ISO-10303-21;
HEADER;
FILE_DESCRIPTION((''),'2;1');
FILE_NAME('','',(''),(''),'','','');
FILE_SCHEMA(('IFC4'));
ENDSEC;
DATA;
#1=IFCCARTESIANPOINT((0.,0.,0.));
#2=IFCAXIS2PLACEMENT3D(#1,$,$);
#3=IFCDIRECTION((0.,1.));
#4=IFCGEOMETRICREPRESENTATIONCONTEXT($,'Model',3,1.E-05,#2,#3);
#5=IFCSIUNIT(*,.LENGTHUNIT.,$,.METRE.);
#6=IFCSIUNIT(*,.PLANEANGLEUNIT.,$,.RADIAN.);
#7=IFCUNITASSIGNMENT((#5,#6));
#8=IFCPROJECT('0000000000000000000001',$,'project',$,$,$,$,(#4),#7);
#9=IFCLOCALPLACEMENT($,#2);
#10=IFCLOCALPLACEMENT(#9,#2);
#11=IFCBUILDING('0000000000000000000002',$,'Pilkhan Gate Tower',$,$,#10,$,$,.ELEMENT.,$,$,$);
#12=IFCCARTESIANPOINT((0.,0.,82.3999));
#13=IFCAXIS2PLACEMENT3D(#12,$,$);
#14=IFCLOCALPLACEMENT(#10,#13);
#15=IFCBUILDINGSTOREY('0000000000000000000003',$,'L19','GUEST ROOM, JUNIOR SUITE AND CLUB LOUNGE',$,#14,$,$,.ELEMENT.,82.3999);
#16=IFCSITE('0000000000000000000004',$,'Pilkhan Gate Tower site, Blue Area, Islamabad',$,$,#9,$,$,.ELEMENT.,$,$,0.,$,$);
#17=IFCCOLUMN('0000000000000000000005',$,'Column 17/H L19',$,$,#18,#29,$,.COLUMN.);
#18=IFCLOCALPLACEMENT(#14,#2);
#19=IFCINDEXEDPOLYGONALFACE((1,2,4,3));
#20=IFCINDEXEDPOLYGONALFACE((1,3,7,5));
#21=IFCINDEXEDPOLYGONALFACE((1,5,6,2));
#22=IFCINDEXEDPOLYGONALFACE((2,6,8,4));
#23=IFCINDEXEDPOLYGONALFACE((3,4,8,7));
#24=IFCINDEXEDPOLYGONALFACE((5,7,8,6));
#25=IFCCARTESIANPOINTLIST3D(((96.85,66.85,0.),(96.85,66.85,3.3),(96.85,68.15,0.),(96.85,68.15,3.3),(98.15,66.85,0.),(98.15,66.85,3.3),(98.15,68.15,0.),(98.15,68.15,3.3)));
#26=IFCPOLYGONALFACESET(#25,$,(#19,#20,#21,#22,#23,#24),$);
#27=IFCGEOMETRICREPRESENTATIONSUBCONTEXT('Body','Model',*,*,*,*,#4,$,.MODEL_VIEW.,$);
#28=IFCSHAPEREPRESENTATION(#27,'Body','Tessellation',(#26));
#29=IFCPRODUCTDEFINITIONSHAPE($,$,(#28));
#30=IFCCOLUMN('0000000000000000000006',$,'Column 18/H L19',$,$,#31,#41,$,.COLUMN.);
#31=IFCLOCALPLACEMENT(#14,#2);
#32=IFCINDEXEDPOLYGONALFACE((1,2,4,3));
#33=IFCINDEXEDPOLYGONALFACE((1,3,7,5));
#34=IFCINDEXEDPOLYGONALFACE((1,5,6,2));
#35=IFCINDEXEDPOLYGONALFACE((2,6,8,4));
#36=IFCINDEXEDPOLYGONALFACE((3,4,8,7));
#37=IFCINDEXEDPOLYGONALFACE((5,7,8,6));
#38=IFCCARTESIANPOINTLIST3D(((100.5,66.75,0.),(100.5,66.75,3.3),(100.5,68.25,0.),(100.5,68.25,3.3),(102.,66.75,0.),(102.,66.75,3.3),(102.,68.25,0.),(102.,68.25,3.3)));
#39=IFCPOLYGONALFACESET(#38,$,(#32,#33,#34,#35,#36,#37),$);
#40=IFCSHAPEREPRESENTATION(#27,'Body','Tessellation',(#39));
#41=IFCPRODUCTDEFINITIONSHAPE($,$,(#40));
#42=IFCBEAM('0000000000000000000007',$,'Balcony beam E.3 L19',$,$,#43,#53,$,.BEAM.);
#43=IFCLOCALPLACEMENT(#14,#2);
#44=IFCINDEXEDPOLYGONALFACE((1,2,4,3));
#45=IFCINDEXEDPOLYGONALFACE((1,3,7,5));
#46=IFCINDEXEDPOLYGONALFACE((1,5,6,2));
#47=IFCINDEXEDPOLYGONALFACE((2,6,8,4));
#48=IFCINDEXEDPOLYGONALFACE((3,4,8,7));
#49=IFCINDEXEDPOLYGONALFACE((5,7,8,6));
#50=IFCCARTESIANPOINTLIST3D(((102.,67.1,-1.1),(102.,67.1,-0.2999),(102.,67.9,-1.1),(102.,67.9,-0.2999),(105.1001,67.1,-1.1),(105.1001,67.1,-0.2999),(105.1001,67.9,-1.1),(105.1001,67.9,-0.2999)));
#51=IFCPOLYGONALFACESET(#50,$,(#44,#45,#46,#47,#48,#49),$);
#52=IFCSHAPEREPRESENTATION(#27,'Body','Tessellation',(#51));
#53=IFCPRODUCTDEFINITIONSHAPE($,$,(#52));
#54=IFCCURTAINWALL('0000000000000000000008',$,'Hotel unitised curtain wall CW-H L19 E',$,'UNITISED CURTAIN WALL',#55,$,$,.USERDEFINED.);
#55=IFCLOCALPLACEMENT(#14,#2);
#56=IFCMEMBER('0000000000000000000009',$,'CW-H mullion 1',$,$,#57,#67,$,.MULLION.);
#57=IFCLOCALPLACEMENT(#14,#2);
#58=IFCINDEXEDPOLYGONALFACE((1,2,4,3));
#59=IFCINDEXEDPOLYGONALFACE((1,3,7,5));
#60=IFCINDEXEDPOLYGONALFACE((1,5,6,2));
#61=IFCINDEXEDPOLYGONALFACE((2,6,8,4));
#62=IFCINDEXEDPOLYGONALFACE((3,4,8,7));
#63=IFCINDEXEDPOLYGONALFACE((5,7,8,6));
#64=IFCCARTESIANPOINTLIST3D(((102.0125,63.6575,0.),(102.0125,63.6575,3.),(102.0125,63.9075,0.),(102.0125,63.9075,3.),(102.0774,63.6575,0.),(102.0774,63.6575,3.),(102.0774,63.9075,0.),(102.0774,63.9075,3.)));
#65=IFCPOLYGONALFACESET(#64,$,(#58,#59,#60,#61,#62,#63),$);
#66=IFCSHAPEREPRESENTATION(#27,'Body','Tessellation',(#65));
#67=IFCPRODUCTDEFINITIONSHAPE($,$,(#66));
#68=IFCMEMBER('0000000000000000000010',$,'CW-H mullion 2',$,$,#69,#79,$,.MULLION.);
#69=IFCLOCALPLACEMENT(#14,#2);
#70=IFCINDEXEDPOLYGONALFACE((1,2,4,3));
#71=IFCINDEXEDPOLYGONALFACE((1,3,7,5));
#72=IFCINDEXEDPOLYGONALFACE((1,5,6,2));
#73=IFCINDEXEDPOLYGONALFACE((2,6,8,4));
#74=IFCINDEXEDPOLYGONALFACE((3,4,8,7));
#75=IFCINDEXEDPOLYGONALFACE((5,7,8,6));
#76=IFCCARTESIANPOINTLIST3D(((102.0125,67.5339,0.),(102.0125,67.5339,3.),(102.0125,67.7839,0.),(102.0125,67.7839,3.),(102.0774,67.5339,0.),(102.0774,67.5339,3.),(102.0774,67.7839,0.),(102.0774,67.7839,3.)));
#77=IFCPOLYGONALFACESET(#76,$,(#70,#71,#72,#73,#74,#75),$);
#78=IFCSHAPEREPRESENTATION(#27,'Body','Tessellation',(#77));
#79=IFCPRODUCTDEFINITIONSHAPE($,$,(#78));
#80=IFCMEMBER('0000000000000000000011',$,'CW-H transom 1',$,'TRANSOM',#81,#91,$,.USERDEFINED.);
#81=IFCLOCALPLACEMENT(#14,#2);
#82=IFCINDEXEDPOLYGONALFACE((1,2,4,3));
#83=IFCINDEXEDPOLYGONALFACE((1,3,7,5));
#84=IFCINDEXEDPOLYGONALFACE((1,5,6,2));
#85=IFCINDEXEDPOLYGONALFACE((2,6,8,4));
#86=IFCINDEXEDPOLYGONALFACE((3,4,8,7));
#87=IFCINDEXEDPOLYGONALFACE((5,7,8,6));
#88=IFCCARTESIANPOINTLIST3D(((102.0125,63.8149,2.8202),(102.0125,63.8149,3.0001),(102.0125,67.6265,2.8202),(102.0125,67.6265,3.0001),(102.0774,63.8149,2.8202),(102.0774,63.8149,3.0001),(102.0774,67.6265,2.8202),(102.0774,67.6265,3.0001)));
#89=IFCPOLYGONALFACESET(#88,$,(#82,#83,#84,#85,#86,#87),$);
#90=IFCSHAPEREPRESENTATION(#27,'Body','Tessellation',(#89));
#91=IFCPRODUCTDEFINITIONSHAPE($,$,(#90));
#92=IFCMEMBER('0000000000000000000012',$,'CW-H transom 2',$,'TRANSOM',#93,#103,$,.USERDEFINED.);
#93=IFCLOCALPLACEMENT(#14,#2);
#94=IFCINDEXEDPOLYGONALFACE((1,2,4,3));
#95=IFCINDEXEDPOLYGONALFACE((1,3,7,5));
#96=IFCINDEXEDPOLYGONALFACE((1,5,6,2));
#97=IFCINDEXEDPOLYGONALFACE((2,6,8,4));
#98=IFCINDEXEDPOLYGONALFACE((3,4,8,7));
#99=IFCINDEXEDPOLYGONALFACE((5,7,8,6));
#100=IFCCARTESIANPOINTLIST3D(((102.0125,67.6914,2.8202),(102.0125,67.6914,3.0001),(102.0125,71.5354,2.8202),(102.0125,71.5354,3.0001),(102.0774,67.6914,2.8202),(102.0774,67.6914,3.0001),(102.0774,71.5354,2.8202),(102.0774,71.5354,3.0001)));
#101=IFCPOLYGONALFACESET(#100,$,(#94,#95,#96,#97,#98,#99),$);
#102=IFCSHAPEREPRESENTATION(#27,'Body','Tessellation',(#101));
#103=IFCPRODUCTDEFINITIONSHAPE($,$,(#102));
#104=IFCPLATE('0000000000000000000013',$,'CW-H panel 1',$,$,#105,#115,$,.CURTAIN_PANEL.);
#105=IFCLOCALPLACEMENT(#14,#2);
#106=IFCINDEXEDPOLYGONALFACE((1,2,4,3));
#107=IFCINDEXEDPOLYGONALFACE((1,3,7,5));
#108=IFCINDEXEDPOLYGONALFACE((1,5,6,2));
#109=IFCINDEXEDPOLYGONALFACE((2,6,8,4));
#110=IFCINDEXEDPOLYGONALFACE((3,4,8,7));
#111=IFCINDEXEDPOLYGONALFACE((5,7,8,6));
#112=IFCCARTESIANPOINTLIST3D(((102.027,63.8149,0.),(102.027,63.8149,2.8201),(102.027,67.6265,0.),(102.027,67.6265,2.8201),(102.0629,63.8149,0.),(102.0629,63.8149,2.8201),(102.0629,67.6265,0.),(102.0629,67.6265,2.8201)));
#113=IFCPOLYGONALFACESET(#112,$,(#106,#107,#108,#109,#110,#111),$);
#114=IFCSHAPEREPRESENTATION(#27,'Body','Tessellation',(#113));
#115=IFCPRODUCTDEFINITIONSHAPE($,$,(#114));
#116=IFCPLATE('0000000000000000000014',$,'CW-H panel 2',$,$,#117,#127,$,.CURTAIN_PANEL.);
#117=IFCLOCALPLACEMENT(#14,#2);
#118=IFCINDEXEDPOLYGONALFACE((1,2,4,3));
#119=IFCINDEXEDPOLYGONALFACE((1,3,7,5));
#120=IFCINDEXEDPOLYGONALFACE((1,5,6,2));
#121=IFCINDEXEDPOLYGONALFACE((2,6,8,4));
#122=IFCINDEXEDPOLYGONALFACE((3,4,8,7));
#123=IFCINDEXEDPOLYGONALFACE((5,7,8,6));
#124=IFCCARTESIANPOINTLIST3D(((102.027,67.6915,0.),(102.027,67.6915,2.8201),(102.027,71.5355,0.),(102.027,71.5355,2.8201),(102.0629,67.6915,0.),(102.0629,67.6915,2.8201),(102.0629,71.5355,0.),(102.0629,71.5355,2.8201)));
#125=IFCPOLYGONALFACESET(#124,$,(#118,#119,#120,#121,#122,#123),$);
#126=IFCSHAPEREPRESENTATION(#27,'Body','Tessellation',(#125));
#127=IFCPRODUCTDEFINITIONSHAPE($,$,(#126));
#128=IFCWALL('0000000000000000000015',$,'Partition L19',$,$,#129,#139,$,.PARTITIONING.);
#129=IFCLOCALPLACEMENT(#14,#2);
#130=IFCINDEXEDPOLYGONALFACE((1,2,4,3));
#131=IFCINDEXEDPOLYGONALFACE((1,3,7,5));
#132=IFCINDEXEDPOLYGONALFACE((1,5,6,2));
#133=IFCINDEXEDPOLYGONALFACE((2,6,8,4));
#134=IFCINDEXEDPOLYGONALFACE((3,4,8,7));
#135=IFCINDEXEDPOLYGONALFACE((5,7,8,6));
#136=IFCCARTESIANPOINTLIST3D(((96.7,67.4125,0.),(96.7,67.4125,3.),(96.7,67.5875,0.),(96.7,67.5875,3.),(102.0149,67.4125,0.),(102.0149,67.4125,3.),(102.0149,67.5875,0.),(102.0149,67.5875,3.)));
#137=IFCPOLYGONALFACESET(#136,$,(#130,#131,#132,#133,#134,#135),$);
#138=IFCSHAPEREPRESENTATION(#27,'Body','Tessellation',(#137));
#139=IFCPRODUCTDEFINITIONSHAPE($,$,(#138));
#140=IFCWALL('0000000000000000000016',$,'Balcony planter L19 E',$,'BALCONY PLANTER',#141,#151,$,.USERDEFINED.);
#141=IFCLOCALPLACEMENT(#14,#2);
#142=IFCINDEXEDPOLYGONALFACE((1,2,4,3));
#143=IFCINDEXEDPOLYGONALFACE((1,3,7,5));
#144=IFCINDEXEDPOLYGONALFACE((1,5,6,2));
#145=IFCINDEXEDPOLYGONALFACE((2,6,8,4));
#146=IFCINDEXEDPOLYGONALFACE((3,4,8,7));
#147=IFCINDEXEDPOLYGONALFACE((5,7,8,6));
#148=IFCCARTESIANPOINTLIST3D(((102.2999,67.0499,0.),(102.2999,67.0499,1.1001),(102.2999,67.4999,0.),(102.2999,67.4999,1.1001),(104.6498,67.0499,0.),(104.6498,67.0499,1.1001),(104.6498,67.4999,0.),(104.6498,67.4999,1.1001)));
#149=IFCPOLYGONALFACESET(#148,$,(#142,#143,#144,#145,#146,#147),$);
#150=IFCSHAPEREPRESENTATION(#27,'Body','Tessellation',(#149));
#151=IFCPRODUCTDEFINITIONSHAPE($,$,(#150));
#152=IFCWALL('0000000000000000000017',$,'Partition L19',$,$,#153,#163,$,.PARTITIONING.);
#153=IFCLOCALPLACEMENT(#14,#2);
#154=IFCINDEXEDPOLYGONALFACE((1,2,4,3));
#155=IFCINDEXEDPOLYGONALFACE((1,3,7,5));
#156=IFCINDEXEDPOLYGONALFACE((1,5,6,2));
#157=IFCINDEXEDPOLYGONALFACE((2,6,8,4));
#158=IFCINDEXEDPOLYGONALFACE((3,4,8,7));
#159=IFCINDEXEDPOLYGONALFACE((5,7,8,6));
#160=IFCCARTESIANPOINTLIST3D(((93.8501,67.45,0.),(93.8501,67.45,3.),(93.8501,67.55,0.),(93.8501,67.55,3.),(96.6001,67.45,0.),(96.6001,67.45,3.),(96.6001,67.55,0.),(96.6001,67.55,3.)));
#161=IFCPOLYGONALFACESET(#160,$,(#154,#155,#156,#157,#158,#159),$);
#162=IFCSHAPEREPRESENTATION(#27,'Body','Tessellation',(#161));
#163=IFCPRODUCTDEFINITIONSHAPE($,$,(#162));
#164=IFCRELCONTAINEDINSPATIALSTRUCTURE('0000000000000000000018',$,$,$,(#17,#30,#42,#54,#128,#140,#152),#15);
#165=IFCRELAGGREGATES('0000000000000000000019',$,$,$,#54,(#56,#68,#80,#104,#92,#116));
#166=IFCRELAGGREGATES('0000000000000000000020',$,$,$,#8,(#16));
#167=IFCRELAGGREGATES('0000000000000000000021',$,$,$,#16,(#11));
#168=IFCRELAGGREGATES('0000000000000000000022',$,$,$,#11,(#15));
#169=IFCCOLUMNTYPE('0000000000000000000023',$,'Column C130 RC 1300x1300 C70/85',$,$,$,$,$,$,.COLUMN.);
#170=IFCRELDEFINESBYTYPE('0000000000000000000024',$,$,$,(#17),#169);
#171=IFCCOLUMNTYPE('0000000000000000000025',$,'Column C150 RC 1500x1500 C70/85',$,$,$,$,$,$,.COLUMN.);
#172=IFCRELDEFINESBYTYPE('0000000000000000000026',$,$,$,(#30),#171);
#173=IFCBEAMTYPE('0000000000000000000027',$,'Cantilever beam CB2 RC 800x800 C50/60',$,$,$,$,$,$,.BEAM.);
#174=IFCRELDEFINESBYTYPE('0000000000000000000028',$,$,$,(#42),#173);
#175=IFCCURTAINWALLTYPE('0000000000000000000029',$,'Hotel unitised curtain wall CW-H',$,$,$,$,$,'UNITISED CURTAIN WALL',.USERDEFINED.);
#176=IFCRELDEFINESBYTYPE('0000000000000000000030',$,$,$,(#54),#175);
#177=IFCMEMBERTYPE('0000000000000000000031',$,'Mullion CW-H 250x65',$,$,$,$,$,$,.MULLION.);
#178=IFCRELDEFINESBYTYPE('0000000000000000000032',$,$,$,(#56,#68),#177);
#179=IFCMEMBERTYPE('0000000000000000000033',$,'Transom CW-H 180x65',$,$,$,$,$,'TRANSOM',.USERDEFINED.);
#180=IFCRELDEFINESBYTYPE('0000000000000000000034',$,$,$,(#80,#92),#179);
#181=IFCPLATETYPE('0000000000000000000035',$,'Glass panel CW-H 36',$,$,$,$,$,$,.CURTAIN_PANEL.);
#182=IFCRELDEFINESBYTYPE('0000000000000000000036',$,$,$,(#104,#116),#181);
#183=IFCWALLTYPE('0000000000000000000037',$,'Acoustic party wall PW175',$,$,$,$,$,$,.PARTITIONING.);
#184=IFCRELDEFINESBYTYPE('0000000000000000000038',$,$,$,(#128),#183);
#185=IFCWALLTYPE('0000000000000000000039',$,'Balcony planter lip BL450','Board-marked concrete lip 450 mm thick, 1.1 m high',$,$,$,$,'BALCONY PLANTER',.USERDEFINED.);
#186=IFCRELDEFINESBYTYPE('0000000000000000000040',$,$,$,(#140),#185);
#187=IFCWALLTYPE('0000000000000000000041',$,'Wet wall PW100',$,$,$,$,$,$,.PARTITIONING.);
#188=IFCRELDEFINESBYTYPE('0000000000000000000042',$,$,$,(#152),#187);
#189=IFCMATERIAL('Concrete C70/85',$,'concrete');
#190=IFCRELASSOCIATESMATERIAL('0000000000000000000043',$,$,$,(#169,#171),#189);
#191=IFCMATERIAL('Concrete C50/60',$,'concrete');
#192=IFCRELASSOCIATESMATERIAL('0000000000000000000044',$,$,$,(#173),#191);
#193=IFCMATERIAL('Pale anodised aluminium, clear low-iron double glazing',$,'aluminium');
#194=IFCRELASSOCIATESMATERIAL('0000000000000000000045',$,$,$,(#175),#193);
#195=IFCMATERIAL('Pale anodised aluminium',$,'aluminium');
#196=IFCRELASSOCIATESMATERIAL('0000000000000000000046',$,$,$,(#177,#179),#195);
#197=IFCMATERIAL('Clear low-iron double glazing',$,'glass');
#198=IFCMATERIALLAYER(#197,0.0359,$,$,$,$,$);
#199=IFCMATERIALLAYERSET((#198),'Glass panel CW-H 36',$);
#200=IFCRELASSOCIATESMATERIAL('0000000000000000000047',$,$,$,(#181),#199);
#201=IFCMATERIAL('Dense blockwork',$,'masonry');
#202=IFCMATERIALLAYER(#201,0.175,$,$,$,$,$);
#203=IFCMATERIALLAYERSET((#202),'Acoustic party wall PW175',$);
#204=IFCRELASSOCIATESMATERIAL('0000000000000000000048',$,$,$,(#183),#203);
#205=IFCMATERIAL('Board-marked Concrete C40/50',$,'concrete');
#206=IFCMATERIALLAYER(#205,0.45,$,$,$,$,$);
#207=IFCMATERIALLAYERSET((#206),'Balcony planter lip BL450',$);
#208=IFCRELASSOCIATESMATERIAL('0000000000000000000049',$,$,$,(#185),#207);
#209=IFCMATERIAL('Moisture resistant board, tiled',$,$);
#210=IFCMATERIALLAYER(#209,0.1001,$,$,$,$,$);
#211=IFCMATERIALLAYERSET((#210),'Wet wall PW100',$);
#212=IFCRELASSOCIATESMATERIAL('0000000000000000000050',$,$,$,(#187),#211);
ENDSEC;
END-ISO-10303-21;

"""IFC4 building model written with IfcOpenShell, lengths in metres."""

from ifc_helpers import new_model, si_unit, direction, frame, frame_2d, origin, origin_2d, place, context, subcontext, project, spatial, rectangle, extrude, material, layer, layer_set, material_profile, profile_set, type_object, element, aggregate, save


model = new_model("IFC4")

# Units and contexts
model_context = context("Model", 3, precision=1e-05, world=origin(), true_north=direction((0.0, 1.0)))
body_context = subcontext(model_context, "Body", "Model", "MODEL_VIEW")
ifc_project = project(units=[si_unit("LENGTHUNIT", "METRE"), si_unit("PLANEANGLEUNIT", "RADIAN")], contexts=[model_context])

# Site, building, storey
site_placement = place(None, origin())
site = spatial("IfcSite", under=ifc_project, at=site_placement, Name="Pilkhan Gate Tower site, Blue Area, Islamabad", CompositionType="ELEMENT", RefElevation=0.0)
building_placement = place(site_placement, origin())
building = spatial("IfcBuilding", under=site, at=building_placement, Name="Pilkhan Gate Tower", CompositionType="ELEMENT")
storey_placement = place(building_placement, frame((0.0, 0.0, 82.3999)))
storey = spatial("IfcBuildingStorey", under=building, at=storey_placement, Name="L19", Description="GUEST ROOM, JUNIOR SUITE AND CLUB LOUNGE", CompositionType="ELEMENT", Elevation=82.3999)

# Columns
ifc_material_1 = material(Name="Concrete C70/85", Category="concrete")
ifc_material_profile_1 = material_profile(ifc_material_1, rectangle(XDim=1.3, YDim=1.3, at=origin_2d()), Name="RC 1300x1300")
ifc_profile_set_1 = profile_set([ifc_material_profile_1], Name="Concrete C70/85")
column_type_1 = type_object("IfcColumnType", Name="Column C130 RC 1300x1300 C70/85", PredefinedType="COLUMN", material=ifc_profile_set_1)
column_1_placement = place(storey_placement, frame((97.5, 67.5, 0.0), z_axis=(0.0, 0.0, 1.0), x_axis=(1.0, 0.0, 0.0)))
element("IfcColumn", 1, at=column_1_placement, inside=storey, type_object=column_type_1, Name="Column 17/H L19", PredefinedType="COLUMN", context=body_context, shape_type="SweptSolid", body=[
    extrude(rectangle(XDim=1.3, YDim=1.3, at=origin_2d()), origin(), (0.0, 0.0, 1.0), 3.3),
])
ifc_material_profile_2 = material_profile(ifc_material_1, rectangle(XDim=1.5, YDim=1.5, at=origin_2d()), Name="RC 1500x1500")
ifc_profile_set_2 = profile_set([ifc_material_profile_2], Name="Concrete C70/85")
column_type_2 = type_object("IfcColumnType", Name="Column C150 RC 1500x1500 C70/85", PredefinedType="COLUMN", material=ifc_profile_set_2)
column_2_placement = place(storey_placement, frame((101.25, 67.5, 0.0), z_axis=(0.0, 0.0, 1.0), x_axis=(1.0, 0.0, 0.0)))
element("IfcColumn", 2, at=column_2_placement, inside=storey, type_object=column_type_2, Name="Column 18/H L19", PredefinedType="COLUMN", context=body_context, shape_type="SweptSolid", body=[
    extrude(rectangle(XDim=1.5, YDim=1.5, at=origin_2d()), origin(), (0.0, 0.0, 1.0), 3.3),
])

# Beam
ifc_material_2 = material(Name="Concrete C50/60", Category="concrete")
ifc_material_profile_3 = material_profile(ifc_material_2, rectangle(XDim=0.8, YDim=0.8, at=origin_2d()), Name="RC 800x800")
ifc_profile_set_3 = profile_set([ifc_material_profile_3], Name="Concrete C50/60")
beam_type = type_object("IfcBeamType", Name="Cantilever beam CB2 RC 800x800 C50/60", PredefinedType="BEAM", material=ifc_profile_set_3)
beam_placement = place(storey_placement, frame((102.0, 67.5, -0.7), z_axis=(1.0, 0.0, 0.0), x_axis=(0.0, 1.0, 0.0)))
element("IfcBeam", 3, at=beam_placement, inside=storey, type_object=beam_type, Name="Balcony beam E.3 L19", PredefinedType="BEAM", context=body_context, shape_type="SweptSolid", body=[
    extrude(rectangle(XDim=0.8, YDim=0.8, at=origin_2d()), origin(), (0.0, 0.0, 1.0), 3.1001),
])

# Curtain wall, members, plates
ifc_material_3 = material(Name="Pale anodised aluminium, clear low-iron double glazing", Category="aluminium")
curtain_wall_type = type_object("IfcCurtainWallType", Name="Hotel unitised curtain wall CW-H", ElementType="UNITISED CURTAIN WALL", PredefinedType="USERDEFINED", material=ifc_material_3)
curtain_wall_placement = place(storey_placement, origin())
curtain_wall = element("IfcCurtainWall", 4, at=curtain_wall_placement, inside=storey, type_object=curtain_wall_type, Name="Hotel unitised curtain wall CW-H L19 E", ObjectType="UNITISED CURTAIN WALL", PredefinedType="USERDEFINED")
ifc_material_4 = material(Name="Pale anodised aluminium", Category="aluminium")
ifc_material_profile_4 = material_profile(ifc_material_4, rectangle(XDim=0.0649, YDim=0.25, at=origin_2d()), Name="Mullion 250x65")
ifc_profile_set_4 = profile_set([ifc_material_profile_4], Name="Pale anodised aluminium")
member_type_1 = type_object("IfcMemberType", Name="Mullion CW-H 250x65", PredefinedType="MULLION", material=ifc_profile_set_4)
member_1_placement = place(storey_placement, frame((102.0449, 63.7825, 0.0), z_axis=(0.0, 0.0, 1.0), x_axis=(-1.0, 0.0, 0.0)))
member_1 = element("IfcMember", 5, at=member_1_placement, type_object=member_type_1, Name="CW-H mullion 1", PredefinedType="MULLION", context=body_context, shape_type="SweptSolid", body=[
    extrude(rectangle(XDim=0.0649, YDim=0.25, at=origin_2d()), origin(), (0.0, 0.0, 1.0), 3.0),
])
member_2_placement = place(storey_placement, frame((102.0449, 67.6589, 0.0), z_axis=(0.0, 0.0, 1.0), x_axis=(-1.0, 0.0, 0.0)))
member_2 = element("IfcMember", 6, at=member_2_placement, type_object=member_type_1, Name="CW-H mullion 2", PredefinedType="MULLION", context=body_context, shape_type="SweptSolid", body=[
    extrude(rectangle(XDim=0.0649, YDim=0.25, at=origin_2d()), origin(), (0.0, 0.0, 1.0), 3.0),
])
ifc_material_profile_5 = material_profile(ifc_material_4, rectangle(XDim=0.0649, YDim=0.1799, at=origin_2d()), Name="Transom 180x65")
ifc_profile_set_5 = profile_set([ifc_material_profile_5], Name="Pale anodised aluminium")
member_type_2 = type_object("IfcMemberType", Name="Transom CW-H 180x65", ElementType="TRANSOM", PredefinedType="USERDEFINED", material=ifc_profile_set_5)
member_3_placement = place(storey_placement, frame((102.0449, 63.8149, 2.9102), z_axis=(0.0, 1.0, 0.0), x_axis=(-1.0, 0.0, 0.0)))
member_3 = element("IfcMember", 7, at=member_3_placement, type_object=member_type_2, Name="CW-H transom 1", ObjectType="TRANSOM", PredefinedType="USERDEFINED", context=body_context, shape_type="SweptSolid", body=[
    extrude(rectangle(XDim=0.0649, YDim=0.1799, at=origin_2d()), origin(), (0.0, 0.0, 1.0), 3.8115),
])
member_4_placement = place(storey_placement, frame((102.0449, 67.6914, 2.9102), z_axis=(0.0, 1.0, 0.0), x_axis=(-1.0, 0.0, 0.0)))
member_4 = element("IfcMember", 8, at=member_4_placement, type_object=member_type_2, Name="CW-H transom 2", ObjectType="TRANSOM", PredefinedType="USERDEFINED", context=body_context, shape_type="SweptSolid", body=[
    extrude(rectangle(XDim=0.0649, YDim=0.1799, at=origin_2d()), origin(), (0.0, 0.0, 1.0), 3.844),
])
ifc_material_5 = material(Name="Clear low-iron double glazing", Category="glass")
ifc_layer_1 = layer(ifc_material_5, 0.0359)
ifc_layer_set_1 = layer_set([ifc_layer_1], Name="Glass panel CW-H 36")
plate_type = type_object("IfcPlateType", Name="Glass panel CW-H 36", PredefinedType="CURTAIN_PANEL", material=ifc_layer_set_1)
plate_1_placement = place(storey_placement, frame((102.0449, 65.7207, 0.0), z_axis=(0.0, 0.0, 1.0), x_axis=(0.0, 1.0, 0.0)))
plate_1 = element("IfcPlate", 9, at=plate_1_placement, type_object=plate_type, Name="CW-H panel 1", PredefinedType="CURTAIN_PANEL", context=body_context, shape_type="SweptSolid", body=[
    extrude(rectangle(XDim=3.8115, YDim=0.0359, at=origin_2d()), origin(), (0.0, 0.0, 1.0), 2.8201),
])
plate_2_placement = place(storey_placement, frame((102.0449, 69.6135, 0.0), z_axis=(0.0, 0.0, 1.0), x_axis=(0.0, 1.0, 0.0)))
plate_2 = element("IfcPlate", 10, at=plate_2_placement, type_object=plate_type, Name="CW-H panel 2", PredefinedType="CURTAIN_PANEL", context=body_context, shape_type="SweptSolid", body=[
    extrude(rectangle(XDim=3.844, YDim=0.0359, at=origin_2d()), origin(), (0.0, 0.0, 1.0), 2.8201),
])
aggregate(curtain_wall, [member_1, member_2, member_3, plate_1, member_4, plate_2])

# Walls
ifc_material_6 = material(Name="Dense blockwork", Category="masonry")
ifc_layer_2 = layer(ifc_material_6, 0.175)
ifc_layer_set_2 = layer_set([ifc_layer_2], Name="Acoustic party wall PW175")
wall_type_1 = type_object("IfcWallType", Name="Acoustic party wall PW175", PredefinedType="PARTITIONING", material=ifc_layer_set_2)
wall_1_placement = place(storey_placement, frame((96.7, 67.5, 0.0), z_axis=(0.0, 0.0, 1.0), x_axis=(1.0, 0.0, 0.0)))
element("IfcWall", 11, at=wall_1_placement, inside=storey, type_object=wall_type_1, Name="Partition L19", PredefinedType="PARTITIONING", context=body_context, shape_type="SweptSolid", body=[
    extrude(rectangle(XDim=5.3149, YDim=0.175, at=frame_2d((2.6575, 0.0))), origin(), (0.0, 0.0, 1.0), 3.0),
])
ifc_material_7 = material(Name="Board-marked Concrete C40/50", Category="concrete")
ifc_layer_3 = layer(ifc_material_7, 0.45)
ifc_layer_set_3 = layer_set([ifc_layer_3], Name="Balcony planter lip BL450")
wall_type_2 = type_object("IfcWallType", Name="Balcony planter lip BL450", Description="Board-marked concrete lip 450 mm thick, 1.1 m high", ElementType="BALCONY PLANTER", PredefinedType="USERDEFINED", material=ifc_layer_set_3)
wall_2_placement = place(storey_placement, frame((102.3, 67.2749, 0.0), z_axis=(0.0, 0.0, 1.0), x_axis=(1.0, 0.0, 0.0)))
element("IfcWall", 12, at=wall_2_placement, inside=storey, type_object=wall_type_2, Name="Balcony planter L19 E", ObjectType="BALCONY PLANTER", PredefinedType="USERDEFINED", context=body_context, shape_type="SweptSolid", body=[
    extrude(rectangle(XDim=2.3499, YDim=0.45, at=frame_2d((1.1748, 0.0))), origin(), (0.0, 0.0, 1.0), 1.1001),
])
ifc_material_8 = material(Name="Moisture resistant board, tiled")
ifc_layer_4 = layer(ifc_material_8, 0.1001)
ifc_layer_set_4 = layer_set([ifc_layer_4], Name="Wet wall PW100")
wall_type_3 = type_object("IfcWallType", Name="Wet wall PW100", PredefinedType="PARTITIONING", material=ifc_layer_set_4)
wall_3_placement = place(storey_placement, frame((93.8501, 67.5, 0.0), z_axis=(0.0, 0.0, 1.0), x_axis=(1.0, 0.0, 0.0)))
element("IfcWall", 13, at=wall_3_placement, inside=storey, type_object=wall_type_3, Name="Partition L19", PredefinedType="PARTITIONING", context=body_context, shape_type="SweptSolid", body=[
    extrude(rectangle(XDim=2.75, YDim=0.1001, at=frame_2d((1.375, 0.0))), origin(), (0.0, 0.0, 1.0), 3.0),
])

save(model, "model.ifc")
